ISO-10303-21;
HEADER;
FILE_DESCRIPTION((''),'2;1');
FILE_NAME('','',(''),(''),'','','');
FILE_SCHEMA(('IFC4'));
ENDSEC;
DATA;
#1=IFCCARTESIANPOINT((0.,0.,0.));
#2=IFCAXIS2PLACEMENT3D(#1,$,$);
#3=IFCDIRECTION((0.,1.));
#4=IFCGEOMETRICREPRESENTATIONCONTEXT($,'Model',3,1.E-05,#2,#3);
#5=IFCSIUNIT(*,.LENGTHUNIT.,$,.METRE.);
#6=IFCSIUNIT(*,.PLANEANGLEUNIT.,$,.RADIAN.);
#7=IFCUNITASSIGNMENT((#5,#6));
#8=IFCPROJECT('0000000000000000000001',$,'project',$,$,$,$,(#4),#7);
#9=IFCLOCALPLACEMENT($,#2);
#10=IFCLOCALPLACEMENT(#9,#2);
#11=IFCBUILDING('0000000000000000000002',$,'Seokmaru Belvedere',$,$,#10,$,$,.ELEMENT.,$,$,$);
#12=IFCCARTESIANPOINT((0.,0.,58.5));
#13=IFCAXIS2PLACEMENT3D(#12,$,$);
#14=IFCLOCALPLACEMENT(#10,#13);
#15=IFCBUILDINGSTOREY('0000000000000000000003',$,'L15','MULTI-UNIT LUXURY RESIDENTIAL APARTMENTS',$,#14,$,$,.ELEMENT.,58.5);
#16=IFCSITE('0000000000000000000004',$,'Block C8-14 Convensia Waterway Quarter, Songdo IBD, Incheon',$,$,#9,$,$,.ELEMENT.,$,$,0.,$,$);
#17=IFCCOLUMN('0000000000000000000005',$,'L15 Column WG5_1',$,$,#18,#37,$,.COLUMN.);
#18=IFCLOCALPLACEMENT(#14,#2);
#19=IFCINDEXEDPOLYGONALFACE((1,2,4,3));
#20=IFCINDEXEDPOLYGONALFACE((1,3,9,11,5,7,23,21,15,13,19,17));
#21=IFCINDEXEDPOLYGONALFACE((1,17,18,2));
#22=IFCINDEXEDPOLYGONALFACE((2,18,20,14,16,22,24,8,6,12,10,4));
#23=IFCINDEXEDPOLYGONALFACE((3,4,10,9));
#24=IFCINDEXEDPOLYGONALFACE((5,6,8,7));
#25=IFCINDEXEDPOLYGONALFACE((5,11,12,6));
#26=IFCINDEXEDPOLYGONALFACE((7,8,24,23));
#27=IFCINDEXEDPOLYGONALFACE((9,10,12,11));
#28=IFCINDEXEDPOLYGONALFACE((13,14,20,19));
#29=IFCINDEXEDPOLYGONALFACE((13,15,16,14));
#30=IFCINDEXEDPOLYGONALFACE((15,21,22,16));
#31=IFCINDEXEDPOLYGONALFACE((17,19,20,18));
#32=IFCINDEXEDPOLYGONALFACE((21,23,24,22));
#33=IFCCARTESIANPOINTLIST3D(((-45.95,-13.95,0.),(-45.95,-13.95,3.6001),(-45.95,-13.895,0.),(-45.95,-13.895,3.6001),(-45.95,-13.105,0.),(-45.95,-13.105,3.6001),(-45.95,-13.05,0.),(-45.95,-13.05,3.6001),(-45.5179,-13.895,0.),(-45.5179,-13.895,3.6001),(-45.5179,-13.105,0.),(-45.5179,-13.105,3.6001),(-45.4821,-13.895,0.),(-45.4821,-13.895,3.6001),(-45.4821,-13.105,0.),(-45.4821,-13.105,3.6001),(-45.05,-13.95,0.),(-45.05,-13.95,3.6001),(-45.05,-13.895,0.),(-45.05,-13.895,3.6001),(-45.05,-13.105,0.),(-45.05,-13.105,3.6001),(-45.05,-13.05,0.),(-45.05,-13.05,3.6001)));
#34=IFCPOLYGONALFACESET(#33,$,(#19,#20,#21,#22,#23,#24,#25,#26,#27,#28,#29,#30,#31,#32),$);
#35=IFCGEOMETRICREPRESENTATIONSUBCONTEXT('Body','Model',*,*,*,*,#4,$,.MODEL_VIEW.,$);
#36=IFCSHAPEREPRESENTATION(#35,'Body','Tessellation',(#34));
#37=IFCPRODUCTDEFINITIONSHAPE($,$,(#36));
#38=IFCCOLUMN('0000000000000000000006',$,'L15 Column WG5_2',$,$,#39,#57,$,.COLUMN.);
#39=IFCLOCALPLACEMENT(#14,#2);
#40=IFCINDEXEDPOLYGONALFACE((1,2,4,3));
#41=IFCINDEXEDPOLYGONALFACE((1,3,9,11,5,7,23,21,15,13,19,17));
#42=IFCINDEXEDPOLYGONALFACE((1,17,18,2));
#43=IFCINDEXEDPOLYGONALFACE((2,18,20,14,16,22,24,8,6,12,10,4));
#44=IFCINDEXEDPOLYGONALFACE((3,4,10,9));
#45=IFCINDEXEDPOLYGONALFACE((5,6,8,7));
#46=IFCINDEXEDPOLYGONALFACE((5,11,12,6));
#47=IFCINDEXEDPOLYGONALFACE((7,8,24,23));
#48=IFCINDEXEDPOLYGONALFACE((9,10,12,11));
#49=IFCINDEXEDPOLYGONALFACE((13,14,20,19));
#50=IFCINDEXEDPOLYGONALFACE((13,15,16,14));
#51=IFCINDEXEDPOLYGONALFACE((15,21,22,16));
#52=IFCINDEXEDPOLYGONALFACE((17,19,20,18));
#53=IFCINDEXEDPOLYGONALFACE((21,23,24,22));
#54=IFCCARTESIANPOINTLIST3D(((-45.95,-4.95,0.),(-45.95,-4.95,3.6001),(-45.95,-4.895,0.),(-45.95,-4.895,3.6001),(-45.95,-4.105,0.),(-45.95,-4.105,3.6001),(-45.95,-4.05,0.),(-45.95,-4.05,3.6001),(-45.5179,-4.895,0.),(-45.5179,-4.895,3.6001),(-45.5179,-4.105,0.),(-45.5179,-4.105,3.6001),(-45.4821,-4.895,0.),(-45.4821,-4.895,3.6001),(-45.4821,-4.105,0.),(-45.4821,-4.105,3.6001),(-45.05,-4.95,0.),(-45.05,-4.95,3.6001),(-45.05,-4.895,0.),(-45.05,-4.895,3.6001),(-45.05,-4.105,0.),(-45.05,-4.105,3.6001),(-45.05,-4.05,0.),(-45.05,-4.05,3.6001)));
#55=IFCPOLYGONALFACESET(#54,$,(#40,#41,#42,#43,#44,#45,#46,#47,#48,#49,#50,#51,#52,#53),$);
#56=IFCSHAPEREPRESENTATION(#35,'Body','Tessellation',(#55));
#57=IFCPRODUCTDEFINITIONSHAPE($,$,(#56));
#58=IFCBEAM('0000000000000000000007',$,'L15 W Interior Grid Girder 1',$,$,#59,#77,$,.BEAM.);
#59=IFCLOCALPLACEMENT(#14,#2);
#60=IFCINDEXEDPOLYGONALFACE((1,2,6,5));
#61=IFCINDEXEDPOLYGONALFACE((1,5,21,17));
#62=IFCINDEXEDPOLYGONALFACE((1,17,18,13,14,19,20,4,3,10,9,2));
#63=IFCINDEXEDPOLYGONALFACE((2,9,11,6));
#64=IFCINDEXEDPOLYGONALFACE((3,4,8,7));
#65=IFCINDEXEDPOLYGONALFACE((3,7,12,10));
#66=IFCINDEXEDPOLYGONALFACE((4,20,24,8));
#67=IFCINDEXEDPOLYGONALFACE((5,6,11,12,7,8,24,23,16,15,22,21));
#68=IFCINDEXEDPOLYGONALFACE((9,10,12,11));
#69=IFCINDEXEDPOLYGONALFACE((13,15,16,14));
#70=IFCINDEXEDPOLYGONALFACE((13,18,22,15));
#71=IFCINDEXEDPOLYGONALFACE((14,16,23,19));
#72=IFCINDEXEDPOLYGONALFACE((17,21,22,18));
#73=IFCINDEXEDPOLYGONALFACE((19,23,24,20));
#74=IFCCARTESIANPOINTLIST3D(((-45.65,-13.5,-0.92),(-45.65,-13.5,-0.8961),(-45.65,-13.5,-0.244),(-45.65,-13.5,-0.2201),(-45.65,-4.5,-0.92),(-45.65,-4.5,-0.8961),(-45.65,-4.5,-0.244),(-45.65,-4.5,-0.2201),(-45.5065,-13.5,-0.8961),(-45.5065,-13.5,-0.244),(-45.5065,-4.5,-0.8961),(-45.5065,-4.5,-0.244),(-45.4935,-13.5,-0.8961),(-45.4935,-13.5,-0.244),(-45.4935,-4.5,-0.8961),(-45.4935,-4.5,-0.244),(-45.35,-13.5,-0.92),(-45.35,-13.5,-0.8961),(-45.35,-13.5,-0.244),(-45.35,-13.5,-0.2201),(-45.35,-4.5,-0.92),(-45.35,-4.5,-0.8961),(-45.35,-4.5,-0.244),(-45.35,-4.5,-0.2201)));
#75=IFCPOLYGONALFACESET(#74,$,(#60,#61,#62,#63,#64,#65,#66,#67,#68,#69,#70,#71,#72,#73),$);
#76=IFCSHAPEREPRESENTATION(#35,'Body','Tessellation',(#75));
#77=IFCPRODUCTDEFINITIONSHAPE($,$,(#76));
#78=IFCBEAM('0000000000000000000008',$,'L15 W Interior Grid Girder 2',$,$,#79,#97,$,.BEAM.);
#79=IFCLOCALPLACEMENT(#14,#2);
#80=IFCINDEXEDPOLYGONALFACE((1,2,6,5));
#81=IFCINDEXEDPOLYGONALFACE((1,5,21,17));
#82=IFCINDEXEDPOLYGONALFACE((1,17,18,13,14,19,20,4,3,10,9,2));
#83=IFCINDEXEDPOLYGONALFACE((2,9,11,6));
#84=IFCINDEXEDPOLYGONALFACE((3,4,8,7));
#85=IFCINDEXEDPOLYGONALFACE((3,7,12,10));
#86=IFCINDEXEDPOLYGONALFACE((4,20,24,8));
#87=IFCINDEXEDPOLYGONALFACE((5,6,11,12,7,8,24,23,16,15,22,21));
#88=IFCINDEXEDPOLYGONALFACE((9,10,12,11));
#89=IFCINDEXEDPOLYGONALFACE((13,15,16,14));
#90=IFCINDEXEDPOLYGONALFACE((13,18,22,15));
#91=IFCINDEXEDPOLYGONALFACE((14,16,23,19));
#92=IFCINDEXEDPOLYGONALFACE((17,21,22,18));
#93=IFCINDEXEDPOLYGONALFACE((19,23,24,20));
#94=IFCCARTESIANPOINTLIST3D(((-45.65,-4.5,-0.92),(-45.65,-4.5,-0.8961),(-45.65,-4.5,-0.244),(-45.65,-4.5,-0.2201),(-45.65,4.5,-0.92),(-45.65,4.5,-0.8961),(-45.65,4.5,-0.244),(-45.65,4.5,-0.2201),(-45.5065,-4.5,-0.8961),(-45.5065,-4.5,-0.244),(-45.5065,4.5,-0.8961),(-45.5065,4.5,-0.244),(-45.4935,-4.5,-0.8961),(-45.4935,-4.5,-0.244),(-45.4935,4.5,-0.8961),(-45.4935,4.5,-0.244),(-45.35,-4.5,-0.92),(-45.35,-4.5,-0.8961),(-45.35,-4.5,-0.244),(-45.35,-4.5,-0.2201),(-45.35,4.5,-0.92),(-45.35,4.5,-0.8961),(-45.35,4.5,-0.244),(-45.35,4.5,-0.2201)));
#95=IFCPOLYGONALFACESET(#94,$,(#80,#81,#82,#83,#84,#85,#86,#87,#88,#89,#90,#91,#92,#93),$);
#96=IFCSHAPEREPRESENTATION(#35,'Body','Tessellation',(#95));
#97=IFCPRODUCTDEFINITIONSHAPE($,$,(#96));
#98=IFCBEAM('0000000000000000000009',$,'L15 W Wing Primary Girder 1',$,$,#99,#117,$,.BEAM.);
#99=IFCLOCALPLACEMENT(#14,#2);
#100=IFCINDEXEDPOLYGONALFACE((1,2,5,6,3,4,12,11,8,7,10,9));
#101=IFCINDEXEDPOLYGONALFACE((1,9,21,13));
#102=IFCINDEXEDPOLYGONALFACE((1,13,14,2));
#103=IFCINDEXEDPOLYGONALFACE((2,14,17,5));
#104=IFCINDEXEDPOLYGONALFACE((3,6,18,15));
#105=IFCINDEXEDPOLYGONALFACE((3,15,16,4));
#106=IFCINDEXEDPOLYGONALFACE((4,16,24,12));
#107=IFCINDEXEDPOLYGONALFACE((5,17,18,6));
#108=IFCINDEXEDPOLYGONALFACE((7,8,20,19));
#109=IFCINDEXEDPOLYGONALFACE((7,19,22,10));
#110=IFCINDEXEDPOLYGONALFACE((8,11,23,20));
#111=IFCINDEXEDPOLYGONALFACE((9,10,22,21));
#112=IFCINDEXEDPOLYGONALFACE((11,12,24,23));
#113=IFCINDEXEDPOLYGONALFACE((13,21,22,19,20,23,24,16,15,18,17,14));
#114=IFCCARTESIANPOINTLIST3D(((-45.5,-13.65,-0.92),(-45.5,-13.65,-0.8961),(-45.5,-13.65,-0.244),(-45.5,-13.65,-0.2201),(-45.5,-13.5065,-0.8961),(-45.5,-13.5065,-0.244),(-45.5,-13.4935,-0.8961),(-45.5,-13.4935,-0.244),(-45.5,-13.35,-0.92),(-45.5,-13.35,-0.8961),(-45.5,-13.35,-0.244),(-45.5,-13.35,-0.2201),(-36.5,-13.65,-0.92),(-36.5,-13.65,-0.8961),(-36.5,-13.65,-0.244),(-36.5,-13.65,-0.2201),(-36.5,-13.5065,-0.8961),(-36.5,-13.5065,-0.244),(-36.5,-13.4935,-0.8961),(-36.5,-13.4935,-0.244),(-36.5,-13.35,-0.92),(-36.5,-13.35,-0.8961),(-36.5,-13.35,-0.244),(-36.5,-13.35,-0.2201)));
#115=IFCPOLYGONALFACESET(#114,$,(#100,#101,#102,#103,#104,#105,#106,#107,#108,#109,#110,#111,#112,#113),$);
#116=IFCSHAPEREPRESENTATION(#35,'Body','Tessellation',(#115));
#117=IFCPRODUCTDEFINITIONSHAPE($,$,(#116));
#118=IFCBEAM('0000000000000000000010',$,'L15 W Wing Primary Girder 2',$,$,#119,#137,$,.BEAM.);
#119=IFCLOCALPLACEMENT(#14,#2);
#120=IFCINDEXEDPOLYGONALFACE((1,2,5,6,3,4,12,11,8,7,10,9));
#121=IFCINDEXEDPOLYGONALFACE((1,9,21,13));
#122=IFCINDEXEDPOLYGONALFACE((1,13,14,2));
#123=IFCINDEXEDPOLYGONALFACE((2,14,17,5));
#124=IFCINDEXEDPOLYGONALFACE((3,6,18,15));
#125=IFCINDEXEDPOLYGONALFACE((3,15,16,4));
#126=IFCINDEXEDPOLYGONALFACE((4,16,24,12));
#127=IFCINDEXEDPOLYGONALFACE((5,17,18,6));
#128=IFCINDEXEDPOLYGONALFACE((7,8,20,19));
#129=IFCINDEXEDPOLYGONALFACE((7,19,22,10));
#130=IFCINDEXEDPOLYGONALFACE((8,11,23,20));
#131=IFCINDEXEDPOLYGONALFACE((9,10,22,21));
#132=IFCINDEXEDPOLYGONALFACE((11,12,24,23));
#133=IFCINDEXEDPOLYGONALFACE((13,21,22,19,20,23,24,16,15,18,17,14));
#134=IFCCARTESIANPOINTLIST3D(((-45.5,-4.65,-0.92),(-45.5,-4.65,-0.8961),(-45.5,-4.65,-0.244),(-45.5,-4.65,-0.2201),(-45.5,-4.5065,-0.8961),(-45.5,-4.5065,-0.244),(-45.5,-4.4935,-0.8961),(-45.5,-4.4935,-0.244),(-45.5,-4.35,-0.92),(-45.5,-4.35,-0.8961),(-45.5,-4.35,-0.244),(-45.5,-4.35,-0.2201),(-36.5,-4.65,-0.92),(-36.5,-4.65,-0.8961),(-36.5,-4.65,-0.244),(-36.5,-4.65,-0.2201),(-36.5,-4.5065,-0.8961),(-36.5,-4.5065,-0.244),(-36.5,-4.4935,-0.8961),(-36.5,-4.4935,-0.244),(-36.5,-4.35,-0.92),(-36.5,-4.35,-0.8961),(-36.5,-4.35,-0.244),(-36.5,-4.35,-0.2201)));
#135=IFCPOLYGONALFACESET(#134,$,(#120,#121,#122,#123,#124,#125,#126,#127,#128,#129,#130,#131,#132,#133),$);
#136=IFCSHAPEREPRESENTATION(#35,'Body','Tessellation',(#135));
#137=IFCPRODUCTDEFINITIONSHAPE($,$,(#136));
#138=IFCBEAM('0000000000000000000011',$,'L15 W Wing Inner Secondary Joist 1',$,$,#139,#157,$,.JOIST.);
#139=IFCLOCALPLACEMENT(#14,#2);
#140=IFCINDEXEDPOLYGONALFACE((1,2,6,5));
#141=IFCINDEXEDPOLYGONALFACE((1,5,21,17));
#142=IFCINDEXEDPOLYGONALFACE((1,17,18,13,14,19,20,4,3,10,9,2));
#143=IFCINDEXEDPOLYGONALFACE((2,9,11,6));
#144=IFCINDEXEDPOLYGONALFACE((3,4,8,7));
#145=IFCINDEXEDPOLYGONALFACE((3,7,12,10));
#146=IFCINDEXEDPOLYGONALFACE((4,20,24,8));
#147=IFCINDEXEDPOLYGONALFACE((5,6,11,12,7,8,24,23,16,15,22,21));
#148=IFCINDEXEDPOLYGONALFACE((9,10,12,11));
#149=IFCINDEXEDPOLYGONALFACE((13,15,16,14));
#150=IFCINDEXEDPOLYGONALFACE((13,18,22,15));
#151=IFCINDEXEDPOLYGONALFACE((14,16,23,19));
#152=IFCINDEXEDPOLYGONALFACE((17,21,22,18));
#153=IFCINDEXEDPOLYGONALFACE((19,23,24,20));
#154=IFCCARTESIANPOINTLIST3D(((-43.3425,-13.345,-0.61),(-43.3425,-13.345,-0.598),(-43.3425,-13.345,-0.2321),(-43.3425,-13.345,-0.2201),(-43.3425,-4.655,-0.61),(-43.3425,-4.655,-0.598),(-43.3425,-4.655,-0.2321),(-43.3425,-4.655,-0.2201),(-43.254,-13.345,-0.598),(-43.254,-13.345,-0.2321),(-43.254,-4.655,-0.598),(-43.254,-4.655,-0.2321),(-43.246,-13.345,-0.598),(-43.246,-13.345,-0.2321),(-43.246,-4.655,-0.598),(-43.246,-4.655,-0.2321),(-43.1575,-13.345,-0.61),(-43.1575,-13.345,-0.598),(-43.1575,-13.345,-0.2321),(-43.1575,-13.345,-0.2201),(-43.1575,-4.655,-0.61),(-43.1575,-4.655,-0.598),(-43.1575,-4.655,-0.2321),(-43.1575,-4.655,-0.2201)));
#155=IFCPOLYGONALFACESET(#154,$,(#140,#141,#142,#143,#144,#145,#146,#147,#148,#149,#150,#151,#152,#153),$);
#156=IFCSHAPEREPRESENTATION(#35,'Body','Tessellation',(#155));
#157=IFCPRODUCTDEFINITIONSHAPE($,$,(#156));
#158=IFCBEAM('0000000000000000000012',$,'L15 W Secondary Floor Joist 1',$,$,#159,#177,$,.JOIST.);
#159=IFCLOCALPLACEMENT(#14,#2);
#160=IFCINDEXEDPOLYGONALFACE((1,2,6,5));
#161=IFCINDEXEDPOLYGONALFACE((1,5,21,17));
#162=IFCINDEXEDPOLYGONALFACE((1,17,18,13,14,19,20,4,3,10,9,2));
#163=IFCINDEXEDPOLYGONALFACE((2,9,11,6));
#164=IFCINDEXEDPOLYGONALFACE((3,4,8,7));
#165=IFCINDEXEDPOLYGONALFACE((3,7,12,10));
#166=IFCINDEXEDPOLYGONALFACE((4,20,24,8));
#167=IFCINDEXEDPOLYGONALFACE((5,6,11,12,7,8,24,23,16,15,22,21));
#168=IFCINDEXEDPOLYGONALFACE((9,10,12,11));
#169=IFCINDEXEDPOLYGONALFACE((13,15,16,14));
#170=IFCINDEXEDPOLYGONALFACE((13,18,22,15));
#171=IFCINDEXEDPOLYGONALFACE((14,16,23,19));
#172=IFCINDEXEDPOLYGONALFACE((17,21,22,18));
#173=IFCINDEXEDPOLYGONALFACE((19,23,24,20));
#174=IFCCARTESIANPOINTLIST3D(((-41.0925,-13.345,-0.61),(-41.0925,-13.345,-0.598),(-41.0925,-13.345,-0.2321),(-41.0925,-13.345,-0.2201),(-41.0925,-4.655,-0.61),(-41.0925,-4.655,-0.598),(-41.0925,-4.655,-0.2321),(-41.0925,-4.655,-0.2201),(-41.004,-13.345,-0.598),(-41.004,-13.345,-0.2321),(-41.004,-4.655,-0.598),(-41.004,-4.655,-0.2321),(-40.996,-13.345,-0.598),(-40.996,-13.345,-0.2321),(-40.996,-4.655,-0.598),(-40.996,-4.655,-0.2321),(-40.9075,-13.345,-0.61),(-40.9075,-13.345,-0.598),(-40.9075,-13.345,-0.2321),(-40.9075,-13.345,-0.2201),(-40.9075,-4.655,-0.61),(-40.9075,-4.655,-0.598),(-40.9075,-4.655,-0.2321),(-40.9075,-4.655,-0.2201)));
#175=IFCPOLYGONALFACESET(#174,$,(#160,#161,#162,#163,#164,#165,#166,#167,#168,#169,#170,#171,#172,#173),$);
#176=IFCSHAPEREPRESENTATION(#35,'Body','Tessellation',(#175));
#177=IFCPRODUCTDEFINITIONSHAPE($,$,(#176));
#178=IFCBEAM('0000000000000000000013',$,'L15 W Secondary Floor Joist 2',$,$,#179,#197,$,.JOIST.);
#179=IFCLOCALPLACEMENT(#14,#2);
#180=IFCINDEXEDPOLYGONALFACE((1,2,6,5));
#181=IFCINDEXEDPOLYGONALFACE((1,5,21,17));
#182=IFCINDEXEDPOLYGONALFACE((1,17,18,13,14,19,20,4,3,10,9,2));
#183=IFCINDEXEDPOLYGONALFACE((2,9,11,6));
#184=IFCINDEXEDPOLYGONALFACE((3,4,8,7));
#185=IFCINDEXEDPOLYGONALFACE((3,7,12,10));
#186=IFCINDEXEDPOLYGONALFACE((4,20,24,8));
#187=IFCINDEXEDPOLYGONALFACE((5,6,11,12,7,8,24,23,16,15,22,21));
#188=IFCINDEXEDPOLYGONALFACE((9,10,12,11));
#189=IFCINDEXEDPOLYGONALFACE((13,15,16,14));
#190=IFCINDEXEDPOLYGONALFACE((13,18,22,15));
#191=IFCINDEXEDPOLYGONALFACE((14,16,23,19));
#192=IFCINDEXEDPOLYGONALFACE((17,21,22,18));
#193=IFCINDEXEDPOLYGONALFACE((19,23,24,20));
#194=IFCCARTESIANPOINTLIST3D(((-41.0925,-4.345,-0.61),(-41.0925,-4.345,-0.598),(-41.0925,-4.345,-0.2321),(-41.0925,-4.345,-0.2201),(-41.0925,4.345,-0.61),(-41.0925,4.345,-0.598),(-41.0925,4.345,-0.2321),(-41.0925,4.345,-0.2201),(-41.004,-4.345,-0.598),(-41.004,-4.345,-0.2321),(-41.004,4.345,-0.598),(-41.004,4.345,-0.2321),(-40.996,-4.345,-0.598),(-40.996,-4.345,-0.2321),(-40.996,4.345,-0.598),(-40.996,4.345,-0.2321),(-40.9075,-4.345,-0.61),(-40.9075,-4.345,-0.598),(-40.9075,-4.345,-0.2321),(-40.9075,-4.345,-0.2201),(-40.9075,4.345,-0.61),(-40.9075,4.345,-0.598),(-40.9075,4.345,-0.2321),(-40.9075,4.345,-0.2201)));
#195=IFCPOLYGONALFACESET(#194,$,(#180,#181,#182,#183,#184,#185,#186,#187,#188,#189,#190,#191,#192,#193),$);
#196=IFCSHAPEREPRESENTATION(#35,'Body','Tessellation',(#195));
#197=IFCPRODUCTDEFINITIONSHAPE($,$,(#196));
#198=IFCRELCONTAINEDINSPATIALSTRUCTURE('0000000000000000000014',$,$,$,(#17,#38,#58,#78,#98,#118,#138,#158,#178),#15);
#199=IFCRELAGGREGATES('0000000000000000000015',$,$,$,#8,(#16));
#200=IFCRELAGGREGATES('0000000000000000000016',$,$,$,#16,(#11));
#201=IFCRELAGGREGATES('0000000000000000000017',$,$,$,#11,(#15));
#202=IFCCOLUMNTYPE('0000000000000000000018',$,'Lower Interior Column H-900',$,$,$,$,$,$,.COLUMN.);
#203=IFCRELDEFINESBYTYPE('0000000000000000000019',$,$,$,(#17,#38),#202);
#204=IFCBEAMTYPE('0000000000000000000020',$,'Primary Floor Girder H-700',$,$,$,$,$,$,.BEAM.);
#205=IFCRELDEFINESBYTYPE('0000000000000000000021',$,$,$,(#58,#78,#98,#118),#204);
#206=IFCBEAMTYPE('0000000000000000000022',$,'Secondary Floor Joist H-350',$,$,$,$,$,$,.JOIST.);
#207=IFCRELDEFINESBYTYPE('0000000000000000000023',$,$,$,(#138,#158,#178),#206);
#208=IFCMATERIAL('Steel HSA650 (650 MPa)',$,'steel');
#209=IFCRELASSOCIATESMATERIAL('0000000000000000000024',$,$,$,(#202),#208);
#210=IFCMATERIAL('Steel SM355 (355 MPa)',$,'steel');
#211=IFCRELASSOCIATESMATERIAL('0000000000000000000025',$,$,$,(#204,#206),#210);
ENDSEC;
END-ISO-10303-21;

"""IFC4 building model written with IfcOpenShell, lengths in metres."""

from ifc_helpers import new_model, si_unit, direction, frame, origin, origin_2d, place, context, subcontext, project, spatial, i_section, extrude, source, transform, mapped, material, material_profile, profile_set, type_object, type_shapes, element, save


model = new_model("IFC4")

# Units and contexts
model_context = context("Model", 3, precision=1e-05, world=origin(), true_north=direction((0.0, 1.0)))
body_context = subcontext(model_context, "Body", "Model", "MODEL_VIEW")
ifc_project = project(units=[si_unit("LENGTHUNIT", "METRE"), si_unit("PLANEANGLEUNIT", "RADIAN")], contexts=[model_context])

# Site, building, storey
site_placement = place(None, origin())
site = spatial("IfcSite", under=ifc_project, at=site_placement, Name="Block C8-14 Convensia Waterway Quarter, Songdo IBD, Incheon", CompositionType="ELEMENT", RefElevation=0.0)
building_placement = place(site_placement, origin())
building = spatial("IfcBuilding", under=site, at=building_placement, Name="Seokmaru Belvedere", CompositionType="ELEMENT")
storey_placement = place(building_placement, frame((0.0, 0.0, 58.5)))
storey = spatial("IfcBuildingStorey", under=building, at=storey_placement, Name="L15", Description="MULTI-UNIT LUXURY RESIDENTIAL APARTMENTS", CompositionType="ELEMENT", Elevation=58.5)

# Columns
ifc_material_1 = material(Name="Steel HSA650 (650 MPa)", Category="steel")
ifc_material_profile_1 = material_profile(ifc_material_1, i_section(OverallWidth=0.8999, OverallDepth=0.8999, WebThickness=0.0359, FlangeThickness=0.0549, at=origin_2d()), Name="H-900x900x36x55")
ifc_profile_set_1 = profile_set([ifc_material_profile_1], Name="Steel HSA650 (650 MPa)")
column_type = type_object("IfcColumnType", Name="Lower Interior Column H-900", PredefinedType="COLUMN", material=ifc_profile_set_1)
shared_shape_1 = source(origin(), body_context, "Body", "SweptSolid", [
    extrude(i_section(OverallWidth=0.8999, OverallDepth=0.8999, WebThickness=0.0359, FlangeThickness=0.0549, at=origin_2d()), origin(), (0.0, 0.0, 1.0), 3.6001),
])
type_shapes(column_type, [shared_shape_1])
for number, where, z_axis, x_axis, name in (
    (1, (-45.5, -13.5, 0.0), (0.0, 0.0, 1.0), (1.0, 0.0, 0.0), "L15 Column WG5_1"),
    (2, (-45.5, -4.5, 0.0), (0.0, 0.0, 1.0), (1.0, 0.0, 0.0), "L15 Column WG5_2"),
):
    element("IfcColumn", number, at=place(storey_placement, frame(where, z_axis=z_axis, x_axis=x_axis)), inside=storey, type_object=column_type, Name=name, PredefinedType="COLUMN", context=body_context, shape_type="MappedRepresentation", body=[
        mapped(shared_shape_1, transform((0.0, 0.0, 0.0), scale=1.0)),
    ])

# Beams
ifc_material_2 = material(Name="Steel SM355 (355 MPa)", Category="steel")
ifc_material_profile_2 = material_profile(ifc_material_2, i_section(OverallWidth=0.3, OverallDepth=0.7, WebThickness=0.0129, FlangeThickness=0.0239, at=origin_2d()), Name="H-700x300x13x24")
ifc_profile_set_2 = profile_set([ifc_material_profile_2], Name="Steel SM355 (355 MPa)")
beam_type_1 = type_object("IfcBeamType", Name="Primary Floor Girder H-700", PredefinedType="BEAM", material=ifc_profile_set_2)
shared_shape_2 = source(origin(), body_context, "Body", "SweptSolid", [
    extrude(i_section(OverallWidth=0.3, OverallDepth=0.7, WebThickness=0.0129, FlangeThickness=0.0239, at=origin_2d()), origin(), (0.0, 0.0, 1.0), 9.0),
])
type_shapes(beam_type_1, [shared_shape_2])
for number, where, z_axis, x_axis, name in (
    (3, (-45.5, -13.5, -0.5701), (0.0, 1.0, 0.0), (-1.0, 0.0, 0.0), "L15 W Interior Grid Girder 1"),
    (4, (-45.5, -4.5, -0.5701), (0.0, 1.0, 0.0), (-1.0, 0.0, 0.0), "L15 W Interior Grid Girder 2"),
    (5, (-45.5, -13.5, -0.5701), (1.0, 0.0, 0.0), (0.0, 1.0, 0.0), "L15 W Wing Primary Girder 1"),
    (6, (-45.5, -4.5, -0.5701), (1.0, 0.0, 0.0), (0.0, 1.0, 0.0), "L15 W Wing Primary Girder 2"),
):
    element("IfcBeam", number, at=place(storey_placement, frame(where, z_axis=z_axis, x_axis=x_axis)), inside=storey, type_object=beam_type_1, Name=name, PredefinedType="BEAM", context=body_context, shape_type="MappedRepresentation", body=[
        mapped(shared_shape_2, transform((0.0, 0.0, 0.0), scale=1.0)),
    ])
ifc_material_profile_3 = material_profile(ifc_material_2, i_section(OverallWidth=0.1851, OverallDepth=0.3899, WebThickness=0.0081, FlangeThickness=0.012, at=origin_2d()), Name="H-390x185x8x12")
ifc_profile_set_3 = profile_set([ifc_material_profile_3], Name="Steel SM355 (355 MPa)")
beam_type_2 = type_object("IfcBeamType", Name="Secondary Floor Joist H-350", PredefinedType="JOIST", material=ifc_profile_set_3)
shared_shape_3 = source(origin(), body_context, "Body", "SweptSolid", [
    extrude(i_section(OverallWidth=0.1851, OverallDepth=0.3899, WebThickness=0.0081, FlangeThickness=0.012, at=origin_2d()), origin(), (0.0, 0.0, 1.0), 8.6899),
])
type_shapes(beam_type_2, [shared_shape_3])
for number, where, z_axis, x_axis, name in (
    (7, (-43.25, -13.345, -0.415), (0.0, 1.0, 0.0), (-1.0, 0.0, 0.0), "L15 W Wing Inner Secondary Joist 1"),
    (8, (-41.0, -13.345, -0.415), (0.0, 1.0, 0.0), (-1.0, 0.0, 0.0), "L15 W Secondary Floor Joist 1"),
    (9, (-41.0, -4.345, -0.415), (0.0, 1.0, 0.0), (-1.0, 0.0, 0.0), "L15 W Secondary Floor Joist 2"),
):
    element("IfcBeam", number, at=place(storey_placement, frame(where, z_axis=z_axis, x_axis=x_axis)), inside=storey, type_object=beam_type_2, Name=name, PredefinedType="JOIST", context=body_context, shape_type="MappedRepresentation", body=[
        mapped(shared_shape_3, transform((0.0, 0.0, 0.0), scale=1.0)),
    ])

save(model, "model.ifc")
